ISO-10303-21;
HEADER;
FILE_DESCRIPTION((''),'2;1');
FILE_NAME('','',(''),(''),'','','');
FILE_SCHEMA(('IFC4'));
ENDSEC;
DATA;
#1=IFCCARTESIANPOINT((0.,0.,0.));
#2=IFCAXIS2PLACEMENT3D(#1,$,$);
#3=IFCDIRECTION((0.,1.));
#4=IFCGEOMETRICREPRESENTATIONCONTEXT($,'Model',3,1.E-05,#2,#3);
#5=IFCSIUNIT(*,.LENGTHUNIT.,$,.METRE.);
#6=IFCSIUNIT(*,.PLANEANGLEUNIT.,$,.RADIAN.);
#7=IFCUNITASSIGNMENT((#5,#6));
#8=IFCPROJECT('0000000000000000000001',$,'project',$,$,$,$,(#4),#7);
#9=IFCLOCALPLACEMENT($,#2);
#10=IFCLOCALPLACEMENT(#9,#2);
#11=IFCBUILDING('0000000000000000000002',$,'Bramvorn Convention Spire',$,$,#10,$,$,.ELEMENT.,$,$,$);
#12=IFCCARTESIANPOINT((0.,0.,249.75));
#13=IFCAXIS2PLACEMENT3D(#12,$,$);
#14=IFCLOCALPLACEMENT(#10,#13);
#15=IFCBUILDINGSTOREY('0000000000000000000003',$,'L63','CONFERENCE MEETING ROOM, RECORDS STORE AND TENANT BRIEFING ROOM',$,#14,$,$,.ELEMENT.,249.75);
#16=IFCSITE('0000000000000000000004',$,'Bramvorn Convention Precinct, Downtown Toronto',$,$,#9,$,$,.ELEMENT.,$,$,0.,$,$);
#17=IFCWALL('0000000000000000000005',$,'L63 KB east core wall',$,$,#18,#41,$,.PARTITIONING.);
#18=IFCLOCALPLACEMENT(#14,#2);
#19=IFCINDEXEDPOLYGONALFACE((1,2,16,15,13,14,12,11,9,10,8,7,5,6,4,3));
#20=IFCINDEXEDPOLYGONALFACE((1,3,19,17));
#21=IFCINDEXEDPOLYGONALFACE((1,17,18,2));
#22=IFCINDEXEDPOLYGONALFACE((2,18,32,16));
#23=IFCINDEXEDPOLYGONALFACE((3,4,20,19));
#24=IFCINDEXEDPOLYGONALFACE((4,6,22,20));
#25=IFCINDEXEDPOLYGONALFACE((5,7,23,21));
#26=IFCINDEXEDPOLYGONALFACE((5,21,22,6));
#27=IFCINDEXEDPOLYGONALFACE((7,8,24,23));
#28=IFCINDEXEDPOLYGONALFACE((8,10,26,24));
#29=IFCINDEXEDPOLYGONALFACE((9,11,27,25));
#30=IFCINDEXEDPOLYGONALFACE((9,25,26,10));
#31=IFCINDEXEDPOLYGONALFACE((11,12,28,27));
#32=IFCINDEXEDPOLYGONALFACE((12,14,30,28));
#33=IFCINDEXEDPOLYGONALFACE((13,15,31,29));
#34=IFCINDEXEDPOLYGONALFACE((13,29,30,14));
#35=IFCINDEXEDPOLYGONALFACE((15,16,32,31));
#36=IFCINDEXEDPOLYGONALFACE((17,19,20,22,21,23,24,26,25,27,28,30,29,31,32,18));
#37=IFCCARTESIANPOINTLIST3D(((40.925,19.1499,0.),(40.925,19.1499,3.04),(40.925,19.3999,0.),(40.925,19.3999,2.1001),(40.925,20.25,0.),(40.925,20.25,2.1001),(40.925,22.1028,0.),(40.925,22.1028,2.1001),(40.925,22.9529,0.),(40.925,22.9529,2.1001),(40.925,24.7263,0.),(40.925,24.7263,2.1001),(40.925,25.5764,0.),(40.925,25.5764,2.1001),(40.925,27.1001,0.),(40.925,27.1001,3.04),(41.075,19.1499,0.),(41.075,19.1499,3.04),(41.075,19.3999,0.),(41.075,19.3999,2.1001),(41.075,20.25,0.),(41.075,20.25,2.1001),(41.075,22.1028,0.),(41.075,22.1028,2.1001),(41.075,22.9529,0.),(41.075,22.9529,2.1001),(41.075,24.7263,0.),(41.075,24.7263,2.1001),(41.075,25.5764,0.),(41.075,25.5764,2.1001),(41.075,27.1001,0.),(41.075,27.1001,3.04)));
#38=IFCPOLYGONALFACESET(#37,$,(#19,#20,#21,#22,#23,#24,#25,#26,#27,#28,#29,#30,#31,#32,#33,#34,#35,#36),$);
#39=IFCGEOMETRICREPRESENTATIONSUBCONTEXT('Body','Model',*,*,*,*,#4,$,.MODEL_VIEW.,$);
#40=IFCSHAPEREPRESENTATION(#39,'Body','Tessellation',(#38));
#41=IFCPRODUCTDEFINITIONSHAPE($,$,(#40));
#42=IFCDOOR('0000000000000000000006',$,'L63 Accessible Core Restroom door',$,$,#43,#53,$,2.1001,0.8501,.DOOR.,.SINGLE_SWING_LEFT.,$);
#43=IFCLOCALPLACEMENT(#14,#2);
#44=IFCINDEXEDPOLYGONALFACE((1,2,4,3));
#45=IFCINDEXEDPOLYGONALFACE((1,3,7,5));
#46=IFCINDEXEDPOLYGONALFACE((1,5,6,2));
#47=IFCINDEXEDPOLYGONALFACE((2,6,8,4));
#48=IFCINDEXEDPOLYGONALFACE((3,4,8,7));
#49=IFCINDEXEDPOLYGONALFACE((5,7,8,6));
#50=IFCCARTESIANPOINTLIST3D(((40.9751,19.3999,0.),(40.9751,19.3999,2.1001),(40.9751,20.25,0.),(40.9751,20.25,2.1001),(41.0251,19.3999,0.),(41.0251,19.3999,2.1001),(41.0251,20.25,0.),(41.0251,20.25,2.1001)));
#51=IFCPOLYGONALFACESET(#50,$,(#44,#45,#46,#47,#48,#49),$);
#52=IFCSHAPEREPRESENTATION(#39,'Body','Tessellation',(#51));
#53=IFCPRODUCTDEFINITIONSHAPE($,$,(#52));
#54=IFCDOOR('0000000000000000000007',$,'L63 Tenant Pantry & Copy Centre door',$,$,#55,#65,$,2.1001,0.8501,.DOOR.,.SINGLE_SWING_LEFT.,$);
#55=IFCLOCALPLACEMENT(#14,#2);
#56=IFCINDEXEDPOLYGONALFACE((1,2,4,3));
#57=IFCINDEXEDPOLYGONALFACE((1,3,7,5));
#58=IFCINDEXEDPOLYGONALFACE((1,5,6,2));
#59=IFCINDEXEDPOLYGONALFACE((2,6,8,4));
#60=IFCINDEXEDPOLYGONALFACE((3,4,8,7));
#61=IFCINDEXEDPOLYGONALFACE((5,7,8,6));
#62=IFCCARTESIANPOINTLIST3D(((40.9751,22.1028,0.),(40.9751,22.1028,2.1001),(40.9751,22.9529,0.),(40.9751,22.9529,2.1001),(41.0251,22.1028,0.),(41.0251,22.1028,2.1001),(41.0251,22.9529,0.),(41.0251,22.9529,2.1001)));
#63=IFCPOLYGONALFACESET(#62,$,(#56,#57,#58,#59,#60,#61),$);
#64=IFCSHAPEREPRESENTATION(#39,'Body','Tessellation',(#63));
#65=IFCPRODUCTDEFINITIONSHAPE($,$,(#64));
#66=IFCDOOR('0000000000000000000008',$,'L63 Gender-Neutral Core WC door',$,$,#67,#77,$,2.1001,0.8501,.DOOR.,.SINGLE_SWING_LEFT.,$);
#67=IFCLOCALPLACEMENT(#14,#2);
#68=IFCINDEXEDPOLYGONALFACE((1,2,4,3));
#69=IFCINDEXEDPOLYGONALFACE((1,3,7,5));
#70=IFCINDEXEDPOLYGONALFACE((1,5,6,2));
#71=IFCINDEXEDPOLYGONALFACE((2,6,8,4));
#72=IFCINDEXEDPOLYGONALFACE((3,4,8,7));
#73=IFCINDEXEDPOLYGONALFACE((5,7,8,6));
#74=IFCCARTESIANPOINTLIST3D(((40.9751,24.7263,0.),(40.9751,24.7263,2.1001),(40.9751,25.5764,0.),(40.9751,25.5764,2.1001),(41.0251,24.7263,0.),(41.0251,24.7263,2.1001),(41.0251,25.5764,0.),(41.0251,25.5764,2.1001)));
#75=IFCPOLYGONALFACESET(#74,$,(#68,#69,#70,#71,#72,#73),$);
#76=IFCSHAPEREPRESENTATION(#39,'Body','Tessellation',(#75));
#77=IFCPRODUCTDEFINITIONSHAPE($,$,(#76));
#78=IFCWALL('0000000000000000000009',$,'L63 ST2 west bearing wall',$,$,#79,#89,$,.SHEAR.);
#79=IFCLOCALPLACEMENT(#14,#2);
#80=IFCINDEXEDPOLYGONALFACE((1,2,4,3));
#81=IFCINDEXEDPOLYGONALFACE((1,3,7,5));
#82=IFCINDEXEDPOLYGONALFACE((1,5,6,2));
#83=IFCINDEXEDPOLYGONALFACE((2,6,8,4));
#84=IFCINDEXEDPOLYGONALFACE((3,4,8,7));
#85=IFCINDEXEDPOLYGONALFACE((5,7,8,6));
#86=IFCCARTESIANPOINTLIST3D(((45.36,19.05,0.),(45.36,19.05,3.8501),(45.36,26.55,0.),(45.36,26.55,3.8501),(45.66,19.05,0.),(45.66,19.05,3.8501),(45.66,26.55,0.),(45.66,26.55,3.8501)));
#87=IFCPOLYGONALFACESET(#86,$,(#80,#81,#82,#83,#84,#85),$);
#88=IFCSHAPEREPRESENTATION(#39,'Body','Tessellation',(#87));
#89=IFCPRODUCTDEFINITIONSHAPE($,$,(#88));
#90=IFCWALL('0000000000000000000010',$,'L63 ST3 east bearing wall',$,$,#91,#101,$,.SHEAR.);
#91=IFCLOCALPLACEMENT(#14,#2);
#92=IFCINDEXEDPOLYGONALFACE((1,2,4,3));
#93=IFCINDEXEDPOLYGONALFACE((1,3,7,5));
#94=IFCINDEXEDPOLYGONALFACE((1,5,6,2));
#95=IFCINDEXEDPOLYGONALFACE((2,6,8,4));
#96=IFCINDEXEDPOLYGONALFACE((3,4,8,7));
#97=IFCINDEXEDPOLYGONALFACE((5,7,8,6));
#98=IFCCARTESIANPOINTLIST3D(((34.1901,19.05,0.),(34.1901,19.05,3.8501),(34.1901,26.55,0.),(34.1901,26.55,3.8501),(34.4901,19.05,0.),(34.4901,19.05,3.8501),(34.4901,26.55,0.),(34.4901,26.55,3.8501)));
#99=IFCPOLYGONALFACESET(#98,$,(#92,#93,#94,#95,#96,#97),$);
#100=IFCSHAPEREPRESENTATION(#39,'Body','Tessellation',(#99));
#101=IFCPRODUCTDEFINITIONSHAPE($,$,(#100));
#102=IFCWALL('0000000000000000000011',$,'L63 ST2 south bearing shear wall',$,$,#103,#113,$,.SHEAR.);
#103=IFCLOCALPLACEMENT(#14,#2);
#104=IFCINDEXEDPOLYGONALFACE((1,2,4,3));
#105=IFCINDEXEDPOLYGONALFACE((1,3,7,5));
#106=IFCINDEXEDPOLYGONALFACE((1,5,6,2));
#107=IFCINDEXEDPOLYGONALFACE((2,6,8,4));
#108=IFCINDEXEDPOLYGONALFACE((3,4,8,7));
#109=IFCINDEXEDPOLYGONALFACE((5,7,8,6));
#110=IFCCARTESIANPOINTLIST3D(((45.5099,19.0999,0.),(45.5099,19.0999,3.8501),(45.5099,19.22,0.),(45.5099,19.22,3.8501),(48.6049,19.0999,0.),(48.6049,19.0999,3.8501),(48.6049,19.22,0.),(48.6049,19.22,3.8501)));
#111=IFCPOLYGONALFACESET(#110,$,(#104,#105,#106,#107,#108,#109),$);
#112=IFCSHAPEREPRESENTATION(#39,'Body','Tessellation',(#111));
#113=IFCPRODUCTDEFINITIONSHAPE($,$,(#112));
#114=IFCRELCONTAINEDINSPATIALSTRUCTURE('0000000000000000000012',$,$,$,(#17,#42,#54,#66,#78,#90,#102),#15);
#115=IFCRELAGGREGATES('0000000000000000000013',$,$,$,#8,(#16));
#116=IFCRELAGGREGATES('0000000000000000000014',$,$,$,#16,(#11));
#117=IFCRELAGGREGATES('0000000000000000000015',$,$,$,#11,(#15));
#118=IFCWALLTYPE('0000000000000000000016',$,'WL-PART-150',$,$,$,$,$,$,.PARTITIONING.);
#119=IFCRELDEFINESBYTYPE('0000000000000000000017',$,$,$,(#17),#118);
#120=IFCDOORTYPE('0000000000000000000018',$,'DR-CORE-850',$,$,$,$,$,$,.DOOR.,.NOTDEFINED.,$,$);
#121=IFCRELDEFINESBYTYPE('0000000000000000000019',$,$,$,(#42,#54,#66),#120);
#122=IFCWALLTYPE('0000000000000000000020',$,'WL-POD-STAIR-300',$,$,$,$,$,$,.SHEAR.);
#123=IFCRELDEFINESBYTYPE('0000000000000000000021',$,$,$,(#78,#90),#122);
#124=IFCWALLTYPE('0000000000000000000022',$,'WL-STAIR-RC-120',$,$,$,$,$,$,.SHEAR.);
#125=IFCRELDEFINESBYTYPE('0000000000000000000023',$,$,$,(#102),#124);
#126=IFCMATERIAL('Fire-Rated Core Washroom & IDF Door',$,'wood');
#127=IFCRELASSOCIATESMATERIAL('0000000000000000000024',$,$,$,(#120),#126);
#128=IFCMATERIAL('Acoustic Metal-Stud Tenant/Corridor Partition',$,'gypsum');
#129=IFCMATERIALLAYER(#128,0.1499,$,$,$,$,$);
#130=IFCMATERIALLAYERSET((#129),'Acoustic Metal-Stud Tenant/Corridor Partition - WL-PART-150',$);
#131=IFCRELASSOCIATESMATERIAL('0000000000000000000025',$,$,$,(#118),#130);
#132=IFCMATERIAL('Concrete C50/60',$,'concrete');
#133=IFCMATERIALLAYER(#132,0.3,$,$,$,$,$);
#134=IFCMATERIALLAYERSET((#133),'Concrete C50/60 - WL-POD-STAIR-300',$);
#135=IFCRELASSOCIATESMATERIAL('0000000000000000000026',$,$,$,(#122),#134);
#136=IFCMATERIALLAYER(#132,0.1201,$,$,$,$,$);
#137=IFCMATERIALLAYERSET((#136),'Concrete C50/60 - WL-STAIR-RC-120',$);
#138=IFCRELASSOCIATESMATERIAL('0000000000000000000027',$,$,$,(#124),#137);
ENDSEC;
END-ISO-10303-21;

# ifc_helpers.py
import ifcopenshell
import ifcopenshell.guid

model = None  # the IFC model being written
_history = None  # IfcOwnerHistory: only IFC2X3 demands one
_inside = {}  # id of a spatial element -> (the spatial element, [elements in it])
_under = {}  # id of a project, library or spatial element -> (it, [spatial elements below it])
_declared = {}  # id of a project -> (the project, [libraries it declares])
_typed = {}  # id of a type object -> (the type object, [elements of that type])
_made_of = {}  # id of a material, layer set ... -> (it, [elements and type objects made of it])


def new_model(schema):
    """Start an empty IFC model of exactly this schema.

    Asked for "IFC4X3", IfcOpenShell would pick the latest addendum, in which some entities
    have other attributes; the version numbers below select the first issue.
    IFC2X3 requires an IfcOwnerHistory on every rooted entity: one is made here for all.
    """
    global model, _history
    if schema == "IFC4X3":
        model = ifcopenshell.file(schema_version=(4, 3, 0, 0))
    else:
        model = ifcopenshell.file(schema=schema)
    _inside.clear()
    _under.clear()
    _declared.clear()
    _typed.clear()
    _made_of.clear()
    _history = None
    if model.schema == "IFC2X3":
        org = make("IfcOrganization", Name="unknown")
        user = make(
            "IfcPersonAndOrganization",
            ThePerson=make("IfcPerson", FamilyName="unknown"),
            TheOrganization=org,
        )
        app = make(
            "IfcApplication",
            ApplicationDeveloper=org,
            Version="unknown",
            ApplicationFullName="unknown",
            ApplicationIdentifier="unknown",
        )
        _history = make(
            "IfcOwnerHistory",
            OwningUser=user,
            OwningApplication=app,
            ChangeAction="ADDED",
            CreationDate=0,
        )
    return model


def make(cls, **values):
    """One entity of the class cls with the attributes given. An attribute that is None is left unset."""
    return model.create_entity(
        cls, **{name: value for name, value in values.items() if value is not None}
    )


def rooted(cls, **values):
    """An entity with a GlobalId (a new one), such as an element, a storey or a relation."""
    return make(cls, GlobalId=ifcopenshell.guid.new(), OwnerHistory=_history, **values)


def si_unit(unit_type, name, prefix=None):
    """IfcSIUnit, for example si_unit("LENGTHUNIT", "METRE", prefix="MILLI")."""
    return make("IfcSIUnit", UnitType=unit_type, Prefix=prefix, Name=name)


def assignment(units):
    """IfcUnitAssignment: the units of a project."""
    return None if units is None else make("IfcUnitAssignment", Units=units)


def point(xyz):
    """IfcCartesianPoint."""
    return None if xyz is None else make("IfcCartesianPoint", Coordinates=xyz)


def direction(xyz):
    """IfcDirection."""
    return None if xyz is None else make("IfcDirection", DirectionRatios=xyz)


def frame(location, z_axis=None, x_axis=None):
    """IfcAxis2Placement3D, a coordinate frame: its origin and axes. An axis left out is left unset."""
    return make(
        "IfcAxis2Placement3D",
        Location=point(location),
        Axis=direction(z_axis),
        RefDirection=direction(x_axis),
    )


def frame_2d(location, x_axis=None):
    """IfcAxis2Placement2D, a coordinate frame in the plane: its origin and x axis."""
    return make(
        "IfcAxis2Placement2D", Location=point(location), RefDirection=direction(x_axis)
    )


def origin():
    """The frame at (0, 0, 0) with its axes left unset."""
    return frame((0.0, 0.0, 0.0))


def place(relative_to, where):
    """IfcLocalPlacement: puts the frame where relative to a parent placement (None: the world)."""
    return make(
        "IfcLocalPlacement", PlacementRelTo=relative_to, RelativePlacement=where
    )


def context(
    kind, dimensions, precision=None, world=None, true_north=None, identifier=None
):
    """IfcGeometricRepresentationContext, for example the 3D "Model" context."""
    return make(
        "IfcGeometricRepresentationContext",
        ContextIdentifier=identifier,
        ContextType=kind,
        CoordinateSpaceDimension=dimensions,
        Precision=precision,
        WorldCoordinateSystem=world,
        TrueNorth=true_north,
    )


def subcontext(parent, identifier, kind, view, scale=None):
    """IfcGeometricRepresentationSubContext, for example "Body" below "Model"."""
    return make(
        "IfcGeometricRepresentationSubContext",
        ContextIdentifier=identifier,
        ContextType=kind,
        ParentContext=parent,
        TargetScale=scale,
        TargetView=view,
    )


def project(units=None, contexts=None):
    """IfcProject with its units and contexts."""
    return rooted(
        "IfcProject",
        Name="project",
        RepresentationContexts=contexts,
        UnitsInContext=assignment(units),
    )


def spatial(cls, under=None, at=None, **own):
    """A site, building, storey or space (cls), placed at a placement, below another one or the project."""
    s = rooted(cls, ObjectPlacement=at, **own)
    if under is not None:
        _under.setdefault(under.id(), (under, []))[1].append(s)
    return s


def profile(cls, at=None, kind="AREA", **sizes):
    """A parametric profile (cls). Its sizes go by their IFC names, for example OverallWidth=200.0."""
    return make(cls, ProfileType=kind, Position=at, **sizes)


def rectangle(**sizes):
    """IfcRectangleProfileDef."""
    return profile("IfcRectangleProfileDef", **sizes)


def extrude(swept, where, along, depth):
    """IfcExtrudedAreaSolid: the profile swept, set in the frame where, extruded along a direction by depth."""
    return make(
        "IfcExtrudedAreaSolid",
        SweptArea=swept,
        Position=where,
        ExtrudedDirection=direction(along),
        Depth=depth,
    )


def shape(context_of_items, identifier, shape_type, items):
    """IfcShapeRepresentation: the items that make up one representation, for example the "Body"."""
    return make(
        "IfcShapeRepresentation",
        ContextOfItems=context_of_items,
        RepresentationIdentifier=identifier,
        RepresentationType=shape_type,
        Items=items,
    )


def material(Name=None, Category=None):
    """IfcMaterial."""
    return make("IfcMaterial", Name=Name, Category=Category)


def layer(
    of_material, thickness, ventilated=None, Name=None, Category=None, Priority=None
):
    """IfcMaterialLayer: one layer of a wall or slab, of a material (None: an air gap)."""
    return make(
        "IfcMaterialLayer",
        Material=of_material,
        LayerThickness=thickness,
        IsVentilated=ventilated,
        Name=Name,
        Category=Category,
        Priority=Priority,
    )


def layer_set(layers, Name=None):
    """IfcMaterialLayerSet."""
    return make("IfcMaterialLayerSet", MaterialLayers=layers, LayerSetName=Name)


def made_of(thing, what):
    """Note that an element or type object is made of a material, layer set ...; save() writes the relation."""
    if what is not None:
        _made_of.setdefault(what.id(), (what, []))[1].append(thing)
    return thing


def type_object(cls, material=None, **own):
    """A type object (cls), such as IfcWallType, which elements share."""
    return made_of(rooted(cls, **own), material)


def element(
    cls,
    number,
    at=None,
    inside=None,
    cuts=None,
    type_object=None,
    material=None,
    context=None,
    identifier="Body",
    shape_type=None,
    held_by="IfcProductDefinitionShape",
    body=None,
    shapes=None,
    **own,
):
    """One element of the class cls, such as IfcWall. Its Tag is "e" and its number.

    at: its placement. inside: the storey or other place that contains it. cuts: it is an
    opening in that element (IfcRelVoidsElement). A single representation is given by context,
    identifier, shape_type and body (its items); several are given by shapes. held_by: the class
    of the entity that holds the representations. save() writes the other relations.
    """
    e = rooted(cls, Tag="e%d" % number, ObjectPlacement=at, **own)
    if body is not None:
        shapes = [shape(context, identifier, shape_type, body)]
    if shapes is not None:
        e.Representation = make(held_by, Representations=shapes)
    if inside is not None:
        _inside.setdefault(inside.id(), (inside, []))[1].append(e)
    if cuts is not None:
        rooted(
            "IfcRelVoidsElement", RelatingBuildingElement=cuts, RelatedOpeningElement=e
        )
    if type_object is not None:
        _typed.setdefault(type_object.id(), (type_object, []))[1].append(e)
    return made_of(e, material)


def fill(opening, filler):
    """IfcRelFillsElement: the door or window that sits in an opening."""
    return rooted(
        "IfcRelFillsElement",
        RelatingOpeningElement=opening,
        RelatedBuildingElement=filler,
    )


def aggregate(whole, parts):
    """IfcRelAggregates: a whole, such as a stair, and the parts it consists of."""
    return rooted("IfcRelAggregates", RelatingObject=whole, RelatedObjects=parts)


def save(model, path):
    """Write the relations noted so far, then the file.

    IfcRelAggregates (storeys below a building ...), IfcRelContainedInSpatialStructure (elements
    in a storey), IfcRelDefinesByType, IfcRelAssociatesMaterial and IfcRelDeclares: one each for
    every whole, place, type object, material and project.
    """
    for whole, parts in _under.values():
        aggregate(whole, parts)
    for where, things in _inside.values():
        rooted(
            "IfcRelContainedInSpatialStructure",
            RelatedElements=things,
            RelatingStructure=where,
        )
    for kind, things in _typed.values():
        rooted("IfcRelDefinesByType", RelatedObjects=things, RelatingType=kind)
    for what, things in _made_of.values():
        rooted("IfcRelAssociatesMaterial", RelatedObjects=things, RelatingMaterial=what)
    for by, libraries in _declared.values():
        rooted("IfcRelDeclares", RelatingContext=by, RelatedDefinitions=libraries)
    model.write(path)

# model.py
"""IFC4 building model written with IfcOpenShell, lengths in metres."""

from ifc_helpers import new_model, si_unit, direction, frame, frame_2d, origin, place, context, subcontext, project, spatial, rectangle, extrude, material, layer, layer_set, type_object, element, fill, save


model = new_model("IFC4")

# Units and contexts
model_context = context("Model", 3, precision=1e-05, world=origin(), true_north=direction((0.0, 1.0)))
body_context = subcontext(model_context, "Body", "Model", "MODEL_VIEW")
ifc_project = project(units=[si_unit("LENGTHUNIT", "METRE"), si_unit("PLANEANGLEUNIT", "RADIAN")], contexts=[model_context])

# Site, building, storey
site_placement = place(None, origin())
site = spatial("IfcSite", under=ifc_project, at=site_placement, Name="Bramvorn Convention Precinct, Downtown Toronto", CompositionType="ELEMENT", RefElevation=0.0)
building_placement = place(site_placement, origin())
building = spatial("IfcBuilding", under=site, at=building_placement, Name="Bramvorn Convention Spire", CompositionType="ELEMENT")
storey_placement = place(building_placement, frame((0.0, 0.0, 249.75)))
storey = spatial("IfcBuildingStorey", under=building, at=storey_placement, Name="L63", Description="CONFERENCE MEETING ROOM, RECORDS STORE AND TENANT BRIEFING ROOM", CompositionType="ELEMENT", Elevation=249.75)

# Shared definitions
ifc_material_1 = material(Name="Concrete C50/60", Category="concrete")

# Shared definitions
ifc_material_2 = material(Name="Fire-Rated Core Washroom & IDF Door", Category="wood")
door_type_1 = type_object("IfcDoorType", Name="DR-CORE-850", OperationType="NOTDEFINED", PredefinedType="DOOR", material=ifc_material_2)

# Wall, openings, doors
ifc_material_3 = material(Name="Acoustic Metal-Stud Tenant/Corridor Partition", Category="gypsum")
ifc_layer_1 = layer(ifc_material_3, 0.1499)
ifc_layer_set_1 = layer_set([ifc_layer_1], Name="Acoustic Metal-Stud Tenant/Corridor Partition - WL-PART-150")
wall_type_1 = type_object("IfcWallType", Name="WL-PART-150", PredefinedType="PARTITIONING", material=ifc_layer_set_1)
wall_1_placement = place(storey_placement, frame((41.0, 19.1499, 0.0), z_axis=(0.0, 0.0, 1.0), x_axis=(0.0, 1.0, 0.0)))
wall_1 = element("IfcWall", 1, at=wall_1_placement, inside=storey, type_object=wall_type_1, Name="L63 KB east core wall", PredefinedType="PARTITIONING", context=body_context, shape_type="SweptSolid", body=[
    extrude(rectangle(XDim=7.9502, YDim=0.1499, at=frame_2d((3.9751, 0.0))), origin(), (0.0, 0.0, 1.0), 3.04),
])
opening_1_placement = place(wall_1_placement, frame((0.25, 0.0, 0.0)))
opening_1 = element("IfcOpeningElement", 2, at=opening_1_placement, cuts=wall_1, PredefinedType="OPENING", context=body_context, shape_type="SweptSolid", body=[
    extrude(rectangle(XDim=0.8501, YDim=2.1001, at=frame_2d((0.425, 1.05))), frame((0.0, 0.085, 0.0), z_axis=(0.0, -1.0, 0.0), x_axis=(1.0, 0.0, 0.0)), (0.0, 0.0, 1.0), 0.1699),
])
opening_2_placement = place(wall_1_placement, frame((2.9529, 0.0, 0.0)))
opening_2 = element("IfcOpeningElement", 3, at=opening_2_placement, cuts=wall_1, PredefinedType="OPENING", context=body_context, shape_type="SweptSolid", body=[
    extrude(rectangle(XDim=0.8501, YDim=2.1001, at=frame_2d((0.425, 1.05))), frame((0.0, 0.085, 0.0), z_axis=(0.0, -1.0, 0.0), x_axis=(1.0, 0.0, 0.0)), (0.0, 0.0, 1.0), 0.1699),
])
opening_3_placement = place(wall_1_placement, frame((5.5764, 0.0, 0.0)))
opening_3 = element("IfcOpeningElement", 4, at=opening_3_placement, cuts=wall_1, PredefinedType="OPENING", context=body_context, shape_type="SweptSolid", body=[
    extrude(rectangle(XDim=0.8501, YDim=2.1001, at=frame_2d((0.425, 1.05))), frame((0.0, 0.085, 0.0), z_axis=(0.0, -1.0, 0.0), x_axis=(1.0, 0.0, 0.0)), (0.0, 0.0, 1.0), 0.1699),
])
door_1_placement = place(opening_1_placement, origin())
door_1 = element("IfcDoor", 5, at=door_1_placement, inside=storey, type_object=door_type_1, Name="L63 Accessible Core Restroom door", OperationType="SINGLE_SWING_LEFT", OverallHeight=2.1001, OverallWidth=0.8501, PredefinedType="DOOR", context=body_context, shape_type="SweptSolid", body=[
    extrude(rectangle(XDim=0.8501, YDim=2.1001, at=frame_2d((0.425, 1.05))), frame((0.0, 0.0249, 0.0), z_axis=(0.0, -1.0, 0.0), x_axis=(1.0, 0.0, 0.0)), (0.0, 0.0, 1.0), 0.05),
])
fill(opening_1, door_1)
door_2_placement = place(opening_2_placement, origin())
door_2 = element("IfcDoor", 6, at=door_2_placement, inside=storey, type_object=door_type_1, Name="L63 Tenant Pantry & Copy Centre door", OperationType="SINGLE_SWING_LEFT", OverallHeight=2.1001, OverallWidth=0.8501, PredefinedType="DOOR", context=body_context, shape_type="SweptSolid", body=[
    extrude(rectangle(XDim=0.8501, YDim=2.1001, at=frame_2d((0.425, 1.05))), frame((0.0, 0.0249, 0.0), z_axis=(0.0, -1.0, 0.0), x_axis=(1.0, 0.0, 0.0)), (0.0, 0.0, 1.0), 0.05),
])
fill(opening_2, door_2)
door_3_placement = place(opening_3_placement, origin())
door_3 = element("IfcDoor", 7, at=door_3_placement, inside=storey, type_object=door_type_1, Name="L63 Gender-Neutral Core WC door", OperationType="SINGLE_SWING_LEFT", OverallHeight=2.1001, OverallWidth=0.8501, PredefinedType="DOOR", context=body_context, shape_type="SweptSolid", body=[
    extrude(rectangle(XDim=0.8501, YDim=2.1001, at=frame_2d((0.425, 1.05))), frame((0.0, 0.0249, 0.0), z_axis=(0.0, -1.0, 0.0), x_axis=(1.0, 0.0, 0.0)), (0.0, 0.0, 1.0), 0.05),
])
fill(opening_3, door_3)

# Walls
ifc_layer_2 = layer(ifc_material_1, 0.3)
ifc_layer_set_2 = layer_set([ifc_layer_2], Name="Concrete C50/60 - WL-POD-STAIR-300")
wall_type_2 = type_object("IfcWallType", Name="WL-POD-STAIR-300", PredefinedType="SHEAR", material=ifc_layer_set_2)
for number, where, z_axis, x_axis, name in (
    (8, (45.51, 19.05, 0.0), (0.0, 0.0, 1.0), (0.0, 1.0, 0.0), "L63 ST2 west bearing wall"),
    (9, (34.3401, 19.05, 0.0), (0.0, 0.0, 1.0), (0.0, 1.0, 0.0), "L63 ST3 east bearing wall"),
):
    element("IfcWall", number, at=place(storey_placement, frame(where, z_axis=z_axis, x_axis=x_axis)), inside=storey, type_object=wall_type_2, Name=name, PredefinedType="SHEAR", context=body_context, shape_type="SweptSolid", body=[
        extrude(rectangle(XDim=7.5, YDim=0.3, at=frame_2d((3.75, 0.0))), origin(), (0.0, 0.0, 1.0), 3.8501),
    ])
ifc_layer_3 = layer(ifc_material_1, 0.1201)
ifc_layer_set_3 = layer_set([ifc_layer_3], Name="Concrete C50/60 - WL-STAIR-RC-120")
wall_type_3 = type_object("IfcWallType", Name="WL-STAIR-RC-120", PredefinedType="SHEAR", material=ifc_layer_set_3)
wall_2_placement = place(storey_placement, frame((45.51, 19.1599, 0.0), z_axis=(0.0, 0.0, 1.0), x_axis=(1.0, 0.0, 0.0)))
element("IfcWall", 10, at=wall_2_placement, inside=storey, type_object=wall_type_3, Name="L63 ST2 south bearing shear wall", PredefinedType="SHEAR", context=body_context, shape_type="SweptSolid", body=[
    extrude(rectangle(XDim=3.095, YDim=0.1201, at=frame_2d((1.5474, 0.0))), origin(), (0.0, 0.0, 1.0), 3.8501),
])

save(model, "model.ifc")
